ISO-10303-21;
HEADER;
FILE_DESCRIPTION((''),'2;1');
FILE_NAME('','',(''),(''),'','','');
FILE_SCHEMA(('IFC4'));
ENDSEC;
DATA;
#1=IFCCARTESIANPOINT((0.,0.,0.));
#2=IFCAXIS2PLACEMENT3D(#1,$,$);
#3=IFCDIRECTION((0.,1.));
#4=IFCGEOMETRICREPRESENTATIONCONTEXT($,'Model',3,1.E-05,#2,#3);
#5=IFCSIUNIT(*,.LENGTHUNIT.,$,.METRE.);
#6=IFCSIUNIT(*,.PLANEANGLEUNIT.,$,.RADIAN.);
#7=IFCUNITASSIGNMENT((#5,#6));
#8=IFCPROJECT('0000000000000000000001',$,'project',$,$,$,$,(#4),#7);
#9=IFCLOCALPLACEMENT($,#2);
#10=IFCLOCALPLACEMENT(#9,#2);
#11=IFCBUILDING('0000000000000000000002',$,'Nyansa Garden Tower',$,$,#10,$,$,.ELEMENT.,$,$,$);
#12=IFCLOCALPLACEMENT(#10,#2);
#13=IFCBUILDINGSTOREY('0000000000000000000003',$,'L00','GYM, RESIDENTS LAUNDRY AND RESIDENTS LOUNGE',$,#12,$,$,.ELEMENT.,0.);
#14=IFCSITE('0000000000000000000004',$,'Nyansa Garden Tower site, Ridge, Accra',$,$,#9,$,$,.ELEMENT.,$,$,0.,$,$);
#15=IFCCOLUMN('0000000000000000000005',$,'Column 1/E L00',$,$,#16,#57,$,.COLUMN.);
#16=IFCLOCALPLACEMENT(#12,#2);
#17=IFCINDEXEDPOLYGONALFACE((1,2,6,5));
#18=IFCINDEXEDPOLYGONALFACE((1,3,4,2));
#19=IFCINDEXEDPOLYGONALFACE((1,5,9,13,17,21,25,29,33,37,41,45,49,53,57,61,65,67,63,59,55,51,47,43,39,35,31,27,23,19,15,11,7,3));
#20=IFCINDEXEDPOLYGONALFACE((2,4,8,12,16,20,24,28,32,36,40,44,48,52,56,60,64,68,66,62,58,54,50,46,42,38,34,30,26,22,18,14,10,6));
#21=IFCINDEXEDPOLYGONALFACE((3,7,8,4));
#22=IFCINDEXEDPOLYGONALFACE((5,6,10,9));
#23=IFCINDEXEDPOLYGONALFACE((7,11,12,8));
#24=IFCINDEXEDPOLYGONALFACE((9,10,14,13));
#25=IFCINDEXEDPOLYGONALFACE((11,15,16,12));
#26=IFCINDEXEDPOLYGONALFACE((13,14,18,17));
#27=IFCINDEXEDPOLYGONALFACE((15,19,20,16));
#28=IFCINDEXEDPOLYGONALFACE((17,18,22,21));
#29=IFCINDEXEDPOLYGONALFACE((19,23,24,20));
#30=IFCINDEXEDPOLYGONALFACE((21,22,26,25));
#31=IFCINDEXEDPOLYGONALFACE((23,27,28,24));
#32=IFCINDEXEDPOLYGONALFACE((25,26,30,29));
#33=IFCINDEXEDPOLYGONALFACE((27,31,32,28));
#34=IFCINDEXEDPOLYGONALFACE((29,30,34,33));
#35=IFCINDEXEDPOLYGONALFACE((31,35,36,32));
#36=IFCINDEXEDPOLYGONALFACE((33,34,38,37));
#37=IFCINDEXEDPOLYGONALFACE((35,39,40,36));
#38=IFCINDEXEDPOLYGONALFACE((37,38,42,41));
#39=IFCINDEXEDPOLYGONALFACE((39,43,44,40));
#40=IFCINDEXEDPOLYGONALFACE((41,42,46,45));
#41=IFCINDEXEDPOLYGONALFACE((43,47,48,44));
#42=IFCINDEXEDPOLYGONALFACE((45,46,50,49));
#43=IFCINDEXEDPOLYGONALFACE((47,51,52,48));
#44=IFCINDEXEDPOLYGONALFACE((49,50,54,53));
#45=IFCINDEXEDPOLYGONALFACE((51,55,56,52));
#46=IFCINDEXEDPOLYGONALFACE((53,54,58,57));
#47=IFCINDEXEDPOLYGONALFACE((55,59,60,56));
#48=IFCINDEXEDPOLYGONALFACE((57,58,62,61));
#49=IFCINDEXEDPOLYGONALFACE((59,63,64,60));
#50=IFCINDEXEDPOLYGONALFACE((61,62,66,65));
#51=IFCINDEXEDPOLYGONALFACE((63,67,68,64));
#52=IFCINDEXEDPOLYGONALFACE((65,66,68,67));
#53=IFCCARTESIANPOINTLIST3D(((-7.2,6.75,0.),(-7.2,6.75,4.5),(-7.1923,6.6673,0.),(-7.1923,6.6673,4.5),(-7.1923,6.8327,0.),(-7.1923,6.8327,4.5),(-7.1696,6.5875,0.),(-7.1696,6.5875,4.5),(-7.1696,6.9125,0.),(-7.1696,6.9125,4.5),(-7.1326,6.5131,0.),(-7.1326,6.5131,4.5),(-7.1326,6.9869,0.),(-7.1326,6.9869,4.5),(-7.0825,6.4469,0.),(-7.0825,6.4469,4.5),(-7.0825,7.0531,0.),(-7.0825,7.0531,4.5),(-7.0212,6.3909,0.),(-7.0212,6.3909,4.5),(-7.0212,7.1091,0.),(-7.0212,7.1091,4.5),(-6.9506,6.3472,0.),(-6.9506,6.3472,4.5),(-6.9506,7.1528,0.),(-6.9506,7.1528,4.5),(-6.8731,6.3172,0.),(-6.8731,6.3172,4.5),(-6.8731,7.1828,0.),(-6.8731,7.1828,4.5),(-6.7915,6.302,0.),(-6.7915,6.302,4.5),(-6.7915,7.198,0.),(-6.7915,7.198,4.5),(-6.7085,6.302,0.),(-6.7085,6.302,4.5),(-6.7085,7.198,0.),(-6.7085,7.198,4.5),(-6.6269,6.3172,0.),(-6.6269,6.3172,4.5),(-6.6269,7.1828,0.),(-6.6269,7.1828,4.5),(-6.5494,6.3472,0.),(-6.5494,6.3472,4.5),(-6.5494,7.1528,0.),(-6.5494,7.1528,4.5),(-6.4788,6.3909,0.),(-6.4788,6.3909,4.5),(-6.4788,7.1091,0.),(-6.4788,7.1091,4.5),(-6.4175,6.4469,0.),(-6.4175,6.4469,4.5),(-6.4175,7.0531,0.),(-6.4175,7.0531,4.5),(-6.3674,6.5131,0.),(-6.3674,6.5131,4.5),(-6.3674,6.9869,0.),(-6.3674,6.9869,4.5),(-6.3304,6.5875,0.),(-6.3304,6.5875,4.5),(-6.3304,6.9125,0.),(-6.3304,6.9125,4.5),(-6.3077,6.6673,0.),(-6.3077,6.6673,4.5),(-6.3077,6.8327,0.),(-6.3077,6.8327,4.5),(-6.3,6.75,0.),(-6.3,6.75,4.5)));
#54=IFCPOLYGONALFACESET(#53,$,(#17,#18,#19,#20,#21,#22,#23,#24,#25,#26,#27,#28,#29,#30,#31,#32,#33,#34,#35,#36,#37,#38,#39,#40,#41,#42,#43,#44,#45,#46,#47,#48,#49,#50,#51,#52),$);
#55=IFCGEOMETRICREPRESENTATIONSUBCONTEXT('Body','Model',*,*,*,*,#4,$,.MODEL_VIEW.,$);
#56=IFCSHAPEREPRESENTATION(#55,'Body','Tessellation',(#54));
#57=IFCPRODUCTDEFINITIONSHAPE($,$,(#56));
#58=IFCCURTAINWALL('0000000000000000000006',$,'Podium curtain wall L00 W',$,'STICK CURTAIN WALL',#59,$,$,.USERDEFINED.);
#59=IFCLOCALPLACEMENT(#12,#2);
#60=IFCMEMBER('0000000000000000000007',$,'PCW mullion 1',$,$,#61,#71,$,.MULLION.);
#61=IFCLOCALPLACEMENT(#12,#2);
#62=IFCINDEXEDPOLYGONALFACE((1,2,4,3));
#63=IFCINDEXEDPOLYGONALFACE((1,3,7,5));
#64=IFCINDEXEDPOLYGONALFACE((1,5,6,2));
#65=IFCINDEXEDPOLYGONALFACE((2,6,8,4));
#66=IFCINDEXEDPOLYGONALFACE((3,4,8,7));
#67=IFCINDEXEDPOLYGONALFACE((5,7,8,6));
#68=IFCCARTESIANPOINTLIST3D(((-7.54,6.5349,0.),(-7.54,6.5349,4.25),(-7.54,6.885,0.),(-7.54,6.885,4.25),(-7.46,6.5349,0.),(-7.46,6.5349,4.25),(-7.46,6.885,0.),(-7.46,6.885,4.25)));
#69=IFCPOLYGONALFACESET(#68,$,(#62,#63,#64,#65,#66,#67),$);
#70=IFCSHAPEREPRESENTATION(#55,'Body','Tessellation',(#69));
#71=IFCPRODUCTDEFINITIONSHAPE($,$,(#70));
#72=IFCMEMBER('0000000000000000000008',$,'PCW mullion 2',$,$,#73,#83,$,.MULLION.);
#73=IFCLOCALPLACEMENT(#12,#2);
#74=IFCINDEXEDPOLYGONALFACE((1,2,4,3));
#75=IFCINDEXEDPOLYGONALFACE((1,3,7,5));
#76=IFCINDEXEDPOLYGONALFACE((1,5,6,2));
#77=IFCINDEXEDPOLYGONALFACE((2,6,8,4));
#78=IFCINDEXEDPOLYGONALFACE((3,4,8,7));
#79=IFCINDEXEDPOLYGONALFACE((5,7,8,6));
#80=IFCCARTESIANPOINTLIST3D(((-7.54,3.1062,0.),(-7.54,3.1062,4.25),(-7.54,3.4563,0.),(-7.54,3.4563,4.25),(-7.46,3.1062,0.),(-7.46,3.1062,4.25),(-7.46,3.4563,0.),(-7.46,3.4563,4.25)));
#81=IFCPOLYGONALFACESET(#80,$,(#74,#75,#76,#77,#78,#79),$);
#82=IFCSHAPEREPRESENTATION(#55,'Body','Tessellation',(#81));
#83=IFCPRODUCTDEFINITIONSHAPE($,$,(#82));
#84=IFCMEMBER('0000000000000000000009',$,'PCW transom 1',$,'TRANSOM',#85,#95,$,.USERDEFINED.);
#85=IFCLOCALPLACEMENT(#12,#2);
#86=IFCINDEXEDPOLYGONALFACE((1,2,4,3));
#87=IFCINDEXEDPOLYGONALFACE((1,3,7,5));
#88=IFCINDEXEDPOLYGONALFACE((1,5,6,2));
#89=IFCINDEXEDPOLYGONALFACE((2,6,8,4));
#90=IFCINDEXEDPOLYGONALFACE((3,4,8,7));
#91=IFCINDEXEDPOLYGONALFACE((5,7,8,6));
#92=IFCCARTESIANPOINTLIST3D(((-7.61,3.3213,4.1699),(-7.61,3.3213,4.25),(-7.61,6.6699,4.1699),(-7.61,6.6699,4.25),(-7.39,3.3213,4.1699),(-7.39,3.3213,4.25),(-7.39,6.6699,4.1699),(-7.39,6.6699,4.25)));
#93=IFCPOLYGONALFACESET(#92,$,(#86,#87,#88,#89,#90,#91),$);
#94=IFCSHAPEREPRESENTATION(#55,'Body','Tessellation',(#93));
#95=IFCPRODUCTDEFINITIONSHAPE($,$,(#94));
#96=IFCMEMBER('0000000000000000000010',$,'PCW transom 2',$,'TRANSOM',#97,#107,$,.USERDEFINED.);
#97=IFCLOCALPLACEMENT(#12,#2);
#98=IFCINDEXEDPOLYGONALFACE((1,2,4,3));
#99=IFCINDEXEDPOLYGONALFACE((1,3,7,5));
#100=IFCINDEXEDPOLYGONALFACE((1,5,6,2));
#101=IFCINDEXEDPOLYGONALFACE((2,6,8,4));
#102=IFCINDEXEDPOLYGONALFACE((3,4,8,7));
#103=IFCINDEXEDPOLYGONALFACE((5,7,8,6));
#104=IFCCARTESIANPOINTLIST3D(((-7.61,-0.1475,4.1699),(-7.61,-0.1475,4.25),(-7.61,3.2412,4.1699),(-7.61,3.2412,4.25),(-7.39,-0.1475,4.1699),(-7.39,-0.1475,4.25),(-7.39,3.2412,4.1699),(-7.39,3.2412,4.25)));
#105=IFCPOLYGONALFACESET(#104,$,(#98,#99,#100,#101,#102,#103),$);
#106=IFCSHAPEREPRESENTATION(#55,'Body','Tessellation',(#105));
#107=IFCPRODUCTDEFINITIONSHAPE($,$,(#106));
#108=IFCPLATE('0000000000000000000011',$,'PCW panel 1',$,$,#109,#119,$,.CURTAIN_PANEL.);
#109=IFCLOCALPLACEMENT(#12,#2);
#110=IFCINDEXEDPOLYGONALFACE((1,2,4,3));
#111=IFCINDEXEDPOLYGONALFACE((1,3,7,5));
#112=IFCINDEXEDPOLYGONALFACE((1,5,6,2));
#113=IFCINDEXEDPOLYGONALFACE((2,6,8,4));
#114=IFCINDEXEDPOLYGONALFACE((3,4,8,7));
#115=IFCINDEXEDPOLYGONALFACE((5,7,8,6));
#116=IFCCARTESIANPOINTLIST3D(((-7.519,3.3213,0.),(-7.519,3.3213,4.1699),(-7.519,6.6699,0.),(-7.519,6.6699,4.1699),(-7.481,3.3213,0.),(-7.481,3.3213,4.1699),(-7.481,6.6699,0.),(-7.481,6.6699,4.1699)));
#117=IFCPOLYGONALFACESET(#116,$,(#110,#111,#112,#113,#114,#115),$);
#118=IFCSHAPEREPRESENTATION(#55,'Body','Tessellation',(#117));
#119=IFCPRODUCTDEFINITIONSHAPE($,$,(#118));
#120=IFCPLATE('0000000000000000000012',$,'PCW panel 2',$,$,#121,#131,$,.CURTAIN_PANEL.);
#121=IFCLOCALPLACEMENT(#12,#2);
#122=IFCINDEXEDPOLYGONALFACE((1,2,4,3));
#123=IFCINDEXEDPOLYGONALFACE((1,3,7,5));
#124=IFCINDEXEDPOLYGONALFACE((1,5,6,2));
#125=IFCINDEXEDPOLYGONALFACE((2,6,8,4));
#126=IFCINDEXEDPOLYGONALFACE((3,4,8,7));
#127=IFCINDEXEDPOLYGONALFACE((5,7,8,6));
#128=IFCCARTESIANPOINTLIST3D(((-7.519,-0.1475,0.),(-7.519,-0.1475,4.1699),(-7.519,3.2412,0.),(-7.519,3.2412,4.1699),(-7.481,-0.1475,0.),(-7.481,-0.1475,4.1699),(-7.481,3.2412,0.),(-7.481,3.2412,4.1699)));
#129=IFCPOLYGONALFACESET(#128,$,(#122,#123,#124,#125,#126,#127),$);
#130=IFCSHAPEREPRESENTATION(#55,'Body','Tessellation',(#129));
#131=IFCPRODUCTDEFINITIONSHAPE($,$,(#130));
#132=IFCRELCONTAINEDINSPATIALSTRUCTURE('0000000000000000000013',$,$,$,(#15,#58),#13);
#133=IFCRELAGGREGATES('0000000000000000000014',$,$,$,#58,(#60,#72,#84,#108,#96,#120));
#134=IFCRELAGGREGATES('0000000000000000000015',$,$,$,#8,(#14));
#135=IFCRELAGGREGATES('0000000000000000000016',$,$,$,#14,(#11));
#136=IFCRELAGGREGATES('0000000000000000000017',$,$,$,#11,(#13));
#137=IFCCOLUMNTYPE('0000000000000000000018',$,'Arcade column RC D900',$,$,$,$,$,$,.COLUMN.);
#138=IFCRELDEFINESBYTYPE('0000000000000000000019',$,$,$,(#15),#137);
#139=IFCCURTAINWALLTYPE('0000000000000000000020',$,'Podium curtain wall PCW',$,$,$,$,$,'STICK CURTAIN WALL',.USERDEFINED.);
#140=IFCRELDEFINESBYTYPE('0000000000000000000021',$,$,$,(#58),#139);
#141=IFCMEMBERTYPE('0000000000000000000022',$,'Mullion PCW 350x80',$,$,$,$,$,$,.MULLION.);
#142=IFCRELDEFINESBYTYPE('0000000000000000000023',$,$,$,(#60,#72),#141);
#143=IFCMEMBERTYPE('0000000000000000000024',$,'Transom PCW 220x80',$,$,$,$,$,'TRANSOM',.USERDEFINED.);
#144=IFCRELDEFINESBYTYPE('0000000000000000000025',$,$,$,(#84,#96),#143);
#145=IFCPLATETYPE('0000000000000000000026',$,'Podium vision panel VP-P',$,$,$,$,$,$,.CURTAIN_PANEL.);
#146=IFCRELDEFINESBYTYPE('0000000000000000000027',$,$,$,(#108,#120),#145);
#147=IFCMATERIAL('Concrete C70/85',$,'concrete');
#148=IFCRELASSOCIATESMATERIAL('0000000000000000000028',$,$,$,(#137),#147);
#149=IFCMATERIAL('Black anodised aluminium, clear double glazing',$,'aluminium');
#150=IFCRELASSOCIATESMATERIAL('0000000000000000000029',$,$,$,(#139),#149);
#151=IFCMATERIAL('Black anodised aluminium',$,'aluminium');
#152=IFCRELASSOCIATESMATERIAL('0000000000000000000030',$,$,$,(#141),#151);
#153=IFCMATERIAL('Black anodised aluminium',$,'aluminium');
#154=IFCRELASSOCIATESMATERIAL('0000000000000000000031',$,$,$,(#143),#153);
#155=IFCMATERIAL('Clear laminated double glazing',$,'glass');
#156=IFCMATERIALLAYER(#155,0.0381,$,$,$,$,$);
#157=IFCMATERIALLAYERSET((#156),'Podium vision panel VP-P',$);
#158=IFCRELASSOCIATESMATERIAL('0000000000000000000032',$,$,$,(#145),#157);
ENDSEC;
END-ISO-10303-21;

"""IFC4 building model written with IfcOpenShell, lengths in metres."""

from ifc_helpers import new_model, si_unit, direction, frame, origin, origin_2d, place, context, subcontext, project, spatial, rectangle, circle, extrude, material, layer, layer_set, material_profile, profile_set, type_object, element, aggregate, save


model = new_model("IFC4")

# Units and contexts
model_context = context("Model", 3, precision=1e-05, world=origin(), true_north=direction((0.0, 1.0)))
body_context = subcontext(model_context, "Body", "Model", "MODEL_VIEW")
ifc_project = project(units=[si_unit("LENGTHUNIT", "METRE"), si_unit("PLANEANGLEUNIT", "RADIAN")], contexts=[model_context])

# Site, building, storey
site_placement = place(None, origin())
site = spatial("IfcSite", under=ifc_project, at=site_placement, Name="Nyansa Garden Tower site, Ridge, Accra", CompositionType="ELEMENT", RefElevation=0.0)
building_placement = place(site_placement, origin())
building = spatial("IfcBuilding", under=site, at=building_placement, Name="Nyansa Garden Tower", CompositionType="ELEMENT")
storey_placement = place(building_placement, origin())
storey = spatial("IfcBuildingStorey", under=building, at=storey_placement, Name="L00", Description="GYM, RESIDENTS LAUNDRY AND RESIDENTS LOUNGE", CompositionType="ELEMENT", Elevation=0.0)

# Column
ifc_material_1 = material(Name="Concrete C70/85", Category="concrete")
ifc_material_profile_1 = material_profile(ifc_material_1, circle(Radius=0.45, at=origin_2d()), Name="RC D900")
ifc_profile_set_1 = profile_set([ifc_material_profile_1], Name="Concrete C70/85")
column_type = type_object("IfcColumnType", Name="Arcade column RC D900", PredefinedType="COLUMN", material=ifc_profile_set_1)
column_placement = place(storey_placement, frame((-6.75, 6.75, 0.0), z_axis=(0.0, 0.0, 1.0), x_axis=(1.0, 0.0, 0.0)))
element("IfcColumn", 1, at=column_placement, inside=storey, type_object=column_type, Name="Column 1/E L00", PredefinedType="COLUMN", context=body_context, shape_type="SweptSolid", body=[
    extrude(circle(Radius=0.45, at=origin_2d()), origin(), (0.0, 0.0, 1.0), 4.5),
])

# Curtain wall, members, plates
ifc_material_2 = material(Name="Black anodised aluminium, clear double glazing", Category="aluminium")
curtain_wall_type = type_object("IfcCurtainWallType", Name="Podium curtain wall PCW", ElementType="STICK CURTAIN WALL", PredefinedType="USERDEFINED", material=ifc_material_2)
curtain_wall_placement = place(storey_placement, origin())
curtain_wall = element("IfcCurtainWall", 2, at=curtain_wall_placement, inside=storey, type_object=curtain_wall_type, Name="Podium curtain wall L00 W", ObjectType="STICK CURTAIN WALL", PredefinedType="USERDEFINED")
ifc_material_3 = material(Name="Black anodised aluminium", Category="aluminium")
ifc_material_profile_2 = material_profile(ifc_material_3, rectangle(XDim=0.0801, YDim=0.3501, at=origin_2d()), Name="Mullion 350x80")
ifc_profile_set_2 = profile_set([ifc_material_profile_2], Name="Black anodised aluminium")
member_type_1 = type_object("IfcMemberType", Name="Mullion PCW 350x80", PredefinedType="MULLION", material=ifc_profile_set_2)
member_1_placement = place(storey_placement, frame((-7.5, 6.71, 0.0), z_axis=(0.0, 0.0, 1.0), x_axis=(1.0, 0.0, 0.0)))
member_1 = element("IfcMember", 3, at=member_1_placement, type_object=member_type_1, Name="PCW mullion 1", PredefinedType="MULLION", context=body_context, shape_type="SweptSolid", body=[
    extrude(rectangle(XDim=0.0801, YDim=0.3501, at=origin_2d()), origin(), (0.0, 0.0, 1.0), 4.25),
])
member_2_placement = place(storey_placement, frame((-7.5, 3.2812, 0.0), z_axis=(0.0, 0.0, 1.0), x_axis=(1.0, 0.0, 0.0)))
member_2 = element("IfcMember", 4, at=member_2_placement, type_object=member_type_1, Name="PCW mullion 2", PredefinedType="MULLION", context=body_context, shape_type="SweptSolid", body=[
    extrude(rectangle(XDim=0.0801, YDim=0.3501, at=origin_2d()), origin(), (0.0, 0.0, 1.0), 4.25),
])
ifc_material_4 = material(Name="Black anodised aluminium", Category="aluminium")
ifc_material_profile_3 = material_profile(ifc_material_4, rectangle(XDim=0.22, YDim=0.0801, at=origin_2d()), Name="Transom 220x80")
ifc_profile_set_3 = profile_set([ifc_material_profile_3], Name="Black anodised aluminium")
member_type_2 = type_object("IfcMemberType", Name="Transom PCW 220x80", ElementType="TRANSOM", PredefinedType="USERDEFINED", material=ifc_profile_set_3)
member_3_placement = place(storey_placement, frame((-7.5, 6.6699, 4.21), z_axis=(0.0, -1.0, 0.0), x_axis=(1.0, 0.0, 0.0)))
member_3 = element("IfcMember", 5, at=member_3_placement, type_object=member_type_2, Name="PCW transom 1", ObjectType="TRANSOM", PredefinedType="USERDEFINED", context=body_context, shape_type="SweptSolid", body=[
    extrude(rectangle(XDim=0.22, YDim=0.0801, at=origin_2d()), origin(), (0.0, 0.0, 1.0), 3.3486),
])
member_4_placement = place(storey_placement, frame((-7.5, 3.2412, 4.21), z_axis=(0.0, -1.0, 0.0), x_axis=(1.0, 0.0, 0.0)))
member_4 = element("IfcMember", 6, at=member_4_placement, type_object=member_type_2, Name="PCW transom 2", ObjectType="TRANSOM", PredefinedType="USERDEFINED", context=body_context, shape_type="SweptSolid", body=[
    extrude(rectangle(XDim=0.22, YDim=0.0801, at=origin_2d()), origin(), (0.0, 0.0, 1.0), 3.3887),
])
ifc_material_5 = material(Name="Clear laminated double glazing", Category="glass")
ifc_layer_1 = layer(ifc_material_5, 0.0381)
ifc_layer_set_1 = layer_set([ifc_layer_1], Name="Podium vision panel VP-P")
plate_type = type_object("IfcPlateType", Name="Podium vision panel VP-P", PredefinedType="CURTAIN_PANEL", material=ifc_layer_set_1)
plate_1_placement = place(storey_placement, frame((-7.5, 4.9956, 0.0), z_axis=(0.0, 0.0, 1.0), x_axis=(0.0, -1.0, 0.0)))
plate_1 = element("IfcPlate", 7, at=plate_1_placement, type_object=plate_type, Name="PCW panel 1", PredefinedType="CURTAIN_PANEL", context=body_context, shape_type="SweptSolid", body=[
    extrude(rectangle(XDim=3.3486, YDim=0.0381, at=origin_2d()), origin(), (0.0, 0.0, 1.0), 4.1699),
])
plate_2_placement = place(storey_placement, frame((-7.5, 1.5469, 0.0), z_axis=(0.0, 0.0, 1.0), x_axis=(0.0, -1.0, 0.0)))
plate_2 = element("IfcPlate", 8, at=plate_2_placement, type_object=plate_type, Name="PCW panel 2", PredefinedType="CURTAIN_PANEL", context=body_context, shape_type="SweptSolid", body=[
    extrude(rectangle(XDim=3.3887, YDim=0.0381, at=origin_2d()), origin(), (0.0, 0.0, 1.0), 4.1699),
])
aggregate(curtain_wall, [member_1, member_2, member_3, plate_1, member_4, plate_2])

save(model, "model.ifc")
